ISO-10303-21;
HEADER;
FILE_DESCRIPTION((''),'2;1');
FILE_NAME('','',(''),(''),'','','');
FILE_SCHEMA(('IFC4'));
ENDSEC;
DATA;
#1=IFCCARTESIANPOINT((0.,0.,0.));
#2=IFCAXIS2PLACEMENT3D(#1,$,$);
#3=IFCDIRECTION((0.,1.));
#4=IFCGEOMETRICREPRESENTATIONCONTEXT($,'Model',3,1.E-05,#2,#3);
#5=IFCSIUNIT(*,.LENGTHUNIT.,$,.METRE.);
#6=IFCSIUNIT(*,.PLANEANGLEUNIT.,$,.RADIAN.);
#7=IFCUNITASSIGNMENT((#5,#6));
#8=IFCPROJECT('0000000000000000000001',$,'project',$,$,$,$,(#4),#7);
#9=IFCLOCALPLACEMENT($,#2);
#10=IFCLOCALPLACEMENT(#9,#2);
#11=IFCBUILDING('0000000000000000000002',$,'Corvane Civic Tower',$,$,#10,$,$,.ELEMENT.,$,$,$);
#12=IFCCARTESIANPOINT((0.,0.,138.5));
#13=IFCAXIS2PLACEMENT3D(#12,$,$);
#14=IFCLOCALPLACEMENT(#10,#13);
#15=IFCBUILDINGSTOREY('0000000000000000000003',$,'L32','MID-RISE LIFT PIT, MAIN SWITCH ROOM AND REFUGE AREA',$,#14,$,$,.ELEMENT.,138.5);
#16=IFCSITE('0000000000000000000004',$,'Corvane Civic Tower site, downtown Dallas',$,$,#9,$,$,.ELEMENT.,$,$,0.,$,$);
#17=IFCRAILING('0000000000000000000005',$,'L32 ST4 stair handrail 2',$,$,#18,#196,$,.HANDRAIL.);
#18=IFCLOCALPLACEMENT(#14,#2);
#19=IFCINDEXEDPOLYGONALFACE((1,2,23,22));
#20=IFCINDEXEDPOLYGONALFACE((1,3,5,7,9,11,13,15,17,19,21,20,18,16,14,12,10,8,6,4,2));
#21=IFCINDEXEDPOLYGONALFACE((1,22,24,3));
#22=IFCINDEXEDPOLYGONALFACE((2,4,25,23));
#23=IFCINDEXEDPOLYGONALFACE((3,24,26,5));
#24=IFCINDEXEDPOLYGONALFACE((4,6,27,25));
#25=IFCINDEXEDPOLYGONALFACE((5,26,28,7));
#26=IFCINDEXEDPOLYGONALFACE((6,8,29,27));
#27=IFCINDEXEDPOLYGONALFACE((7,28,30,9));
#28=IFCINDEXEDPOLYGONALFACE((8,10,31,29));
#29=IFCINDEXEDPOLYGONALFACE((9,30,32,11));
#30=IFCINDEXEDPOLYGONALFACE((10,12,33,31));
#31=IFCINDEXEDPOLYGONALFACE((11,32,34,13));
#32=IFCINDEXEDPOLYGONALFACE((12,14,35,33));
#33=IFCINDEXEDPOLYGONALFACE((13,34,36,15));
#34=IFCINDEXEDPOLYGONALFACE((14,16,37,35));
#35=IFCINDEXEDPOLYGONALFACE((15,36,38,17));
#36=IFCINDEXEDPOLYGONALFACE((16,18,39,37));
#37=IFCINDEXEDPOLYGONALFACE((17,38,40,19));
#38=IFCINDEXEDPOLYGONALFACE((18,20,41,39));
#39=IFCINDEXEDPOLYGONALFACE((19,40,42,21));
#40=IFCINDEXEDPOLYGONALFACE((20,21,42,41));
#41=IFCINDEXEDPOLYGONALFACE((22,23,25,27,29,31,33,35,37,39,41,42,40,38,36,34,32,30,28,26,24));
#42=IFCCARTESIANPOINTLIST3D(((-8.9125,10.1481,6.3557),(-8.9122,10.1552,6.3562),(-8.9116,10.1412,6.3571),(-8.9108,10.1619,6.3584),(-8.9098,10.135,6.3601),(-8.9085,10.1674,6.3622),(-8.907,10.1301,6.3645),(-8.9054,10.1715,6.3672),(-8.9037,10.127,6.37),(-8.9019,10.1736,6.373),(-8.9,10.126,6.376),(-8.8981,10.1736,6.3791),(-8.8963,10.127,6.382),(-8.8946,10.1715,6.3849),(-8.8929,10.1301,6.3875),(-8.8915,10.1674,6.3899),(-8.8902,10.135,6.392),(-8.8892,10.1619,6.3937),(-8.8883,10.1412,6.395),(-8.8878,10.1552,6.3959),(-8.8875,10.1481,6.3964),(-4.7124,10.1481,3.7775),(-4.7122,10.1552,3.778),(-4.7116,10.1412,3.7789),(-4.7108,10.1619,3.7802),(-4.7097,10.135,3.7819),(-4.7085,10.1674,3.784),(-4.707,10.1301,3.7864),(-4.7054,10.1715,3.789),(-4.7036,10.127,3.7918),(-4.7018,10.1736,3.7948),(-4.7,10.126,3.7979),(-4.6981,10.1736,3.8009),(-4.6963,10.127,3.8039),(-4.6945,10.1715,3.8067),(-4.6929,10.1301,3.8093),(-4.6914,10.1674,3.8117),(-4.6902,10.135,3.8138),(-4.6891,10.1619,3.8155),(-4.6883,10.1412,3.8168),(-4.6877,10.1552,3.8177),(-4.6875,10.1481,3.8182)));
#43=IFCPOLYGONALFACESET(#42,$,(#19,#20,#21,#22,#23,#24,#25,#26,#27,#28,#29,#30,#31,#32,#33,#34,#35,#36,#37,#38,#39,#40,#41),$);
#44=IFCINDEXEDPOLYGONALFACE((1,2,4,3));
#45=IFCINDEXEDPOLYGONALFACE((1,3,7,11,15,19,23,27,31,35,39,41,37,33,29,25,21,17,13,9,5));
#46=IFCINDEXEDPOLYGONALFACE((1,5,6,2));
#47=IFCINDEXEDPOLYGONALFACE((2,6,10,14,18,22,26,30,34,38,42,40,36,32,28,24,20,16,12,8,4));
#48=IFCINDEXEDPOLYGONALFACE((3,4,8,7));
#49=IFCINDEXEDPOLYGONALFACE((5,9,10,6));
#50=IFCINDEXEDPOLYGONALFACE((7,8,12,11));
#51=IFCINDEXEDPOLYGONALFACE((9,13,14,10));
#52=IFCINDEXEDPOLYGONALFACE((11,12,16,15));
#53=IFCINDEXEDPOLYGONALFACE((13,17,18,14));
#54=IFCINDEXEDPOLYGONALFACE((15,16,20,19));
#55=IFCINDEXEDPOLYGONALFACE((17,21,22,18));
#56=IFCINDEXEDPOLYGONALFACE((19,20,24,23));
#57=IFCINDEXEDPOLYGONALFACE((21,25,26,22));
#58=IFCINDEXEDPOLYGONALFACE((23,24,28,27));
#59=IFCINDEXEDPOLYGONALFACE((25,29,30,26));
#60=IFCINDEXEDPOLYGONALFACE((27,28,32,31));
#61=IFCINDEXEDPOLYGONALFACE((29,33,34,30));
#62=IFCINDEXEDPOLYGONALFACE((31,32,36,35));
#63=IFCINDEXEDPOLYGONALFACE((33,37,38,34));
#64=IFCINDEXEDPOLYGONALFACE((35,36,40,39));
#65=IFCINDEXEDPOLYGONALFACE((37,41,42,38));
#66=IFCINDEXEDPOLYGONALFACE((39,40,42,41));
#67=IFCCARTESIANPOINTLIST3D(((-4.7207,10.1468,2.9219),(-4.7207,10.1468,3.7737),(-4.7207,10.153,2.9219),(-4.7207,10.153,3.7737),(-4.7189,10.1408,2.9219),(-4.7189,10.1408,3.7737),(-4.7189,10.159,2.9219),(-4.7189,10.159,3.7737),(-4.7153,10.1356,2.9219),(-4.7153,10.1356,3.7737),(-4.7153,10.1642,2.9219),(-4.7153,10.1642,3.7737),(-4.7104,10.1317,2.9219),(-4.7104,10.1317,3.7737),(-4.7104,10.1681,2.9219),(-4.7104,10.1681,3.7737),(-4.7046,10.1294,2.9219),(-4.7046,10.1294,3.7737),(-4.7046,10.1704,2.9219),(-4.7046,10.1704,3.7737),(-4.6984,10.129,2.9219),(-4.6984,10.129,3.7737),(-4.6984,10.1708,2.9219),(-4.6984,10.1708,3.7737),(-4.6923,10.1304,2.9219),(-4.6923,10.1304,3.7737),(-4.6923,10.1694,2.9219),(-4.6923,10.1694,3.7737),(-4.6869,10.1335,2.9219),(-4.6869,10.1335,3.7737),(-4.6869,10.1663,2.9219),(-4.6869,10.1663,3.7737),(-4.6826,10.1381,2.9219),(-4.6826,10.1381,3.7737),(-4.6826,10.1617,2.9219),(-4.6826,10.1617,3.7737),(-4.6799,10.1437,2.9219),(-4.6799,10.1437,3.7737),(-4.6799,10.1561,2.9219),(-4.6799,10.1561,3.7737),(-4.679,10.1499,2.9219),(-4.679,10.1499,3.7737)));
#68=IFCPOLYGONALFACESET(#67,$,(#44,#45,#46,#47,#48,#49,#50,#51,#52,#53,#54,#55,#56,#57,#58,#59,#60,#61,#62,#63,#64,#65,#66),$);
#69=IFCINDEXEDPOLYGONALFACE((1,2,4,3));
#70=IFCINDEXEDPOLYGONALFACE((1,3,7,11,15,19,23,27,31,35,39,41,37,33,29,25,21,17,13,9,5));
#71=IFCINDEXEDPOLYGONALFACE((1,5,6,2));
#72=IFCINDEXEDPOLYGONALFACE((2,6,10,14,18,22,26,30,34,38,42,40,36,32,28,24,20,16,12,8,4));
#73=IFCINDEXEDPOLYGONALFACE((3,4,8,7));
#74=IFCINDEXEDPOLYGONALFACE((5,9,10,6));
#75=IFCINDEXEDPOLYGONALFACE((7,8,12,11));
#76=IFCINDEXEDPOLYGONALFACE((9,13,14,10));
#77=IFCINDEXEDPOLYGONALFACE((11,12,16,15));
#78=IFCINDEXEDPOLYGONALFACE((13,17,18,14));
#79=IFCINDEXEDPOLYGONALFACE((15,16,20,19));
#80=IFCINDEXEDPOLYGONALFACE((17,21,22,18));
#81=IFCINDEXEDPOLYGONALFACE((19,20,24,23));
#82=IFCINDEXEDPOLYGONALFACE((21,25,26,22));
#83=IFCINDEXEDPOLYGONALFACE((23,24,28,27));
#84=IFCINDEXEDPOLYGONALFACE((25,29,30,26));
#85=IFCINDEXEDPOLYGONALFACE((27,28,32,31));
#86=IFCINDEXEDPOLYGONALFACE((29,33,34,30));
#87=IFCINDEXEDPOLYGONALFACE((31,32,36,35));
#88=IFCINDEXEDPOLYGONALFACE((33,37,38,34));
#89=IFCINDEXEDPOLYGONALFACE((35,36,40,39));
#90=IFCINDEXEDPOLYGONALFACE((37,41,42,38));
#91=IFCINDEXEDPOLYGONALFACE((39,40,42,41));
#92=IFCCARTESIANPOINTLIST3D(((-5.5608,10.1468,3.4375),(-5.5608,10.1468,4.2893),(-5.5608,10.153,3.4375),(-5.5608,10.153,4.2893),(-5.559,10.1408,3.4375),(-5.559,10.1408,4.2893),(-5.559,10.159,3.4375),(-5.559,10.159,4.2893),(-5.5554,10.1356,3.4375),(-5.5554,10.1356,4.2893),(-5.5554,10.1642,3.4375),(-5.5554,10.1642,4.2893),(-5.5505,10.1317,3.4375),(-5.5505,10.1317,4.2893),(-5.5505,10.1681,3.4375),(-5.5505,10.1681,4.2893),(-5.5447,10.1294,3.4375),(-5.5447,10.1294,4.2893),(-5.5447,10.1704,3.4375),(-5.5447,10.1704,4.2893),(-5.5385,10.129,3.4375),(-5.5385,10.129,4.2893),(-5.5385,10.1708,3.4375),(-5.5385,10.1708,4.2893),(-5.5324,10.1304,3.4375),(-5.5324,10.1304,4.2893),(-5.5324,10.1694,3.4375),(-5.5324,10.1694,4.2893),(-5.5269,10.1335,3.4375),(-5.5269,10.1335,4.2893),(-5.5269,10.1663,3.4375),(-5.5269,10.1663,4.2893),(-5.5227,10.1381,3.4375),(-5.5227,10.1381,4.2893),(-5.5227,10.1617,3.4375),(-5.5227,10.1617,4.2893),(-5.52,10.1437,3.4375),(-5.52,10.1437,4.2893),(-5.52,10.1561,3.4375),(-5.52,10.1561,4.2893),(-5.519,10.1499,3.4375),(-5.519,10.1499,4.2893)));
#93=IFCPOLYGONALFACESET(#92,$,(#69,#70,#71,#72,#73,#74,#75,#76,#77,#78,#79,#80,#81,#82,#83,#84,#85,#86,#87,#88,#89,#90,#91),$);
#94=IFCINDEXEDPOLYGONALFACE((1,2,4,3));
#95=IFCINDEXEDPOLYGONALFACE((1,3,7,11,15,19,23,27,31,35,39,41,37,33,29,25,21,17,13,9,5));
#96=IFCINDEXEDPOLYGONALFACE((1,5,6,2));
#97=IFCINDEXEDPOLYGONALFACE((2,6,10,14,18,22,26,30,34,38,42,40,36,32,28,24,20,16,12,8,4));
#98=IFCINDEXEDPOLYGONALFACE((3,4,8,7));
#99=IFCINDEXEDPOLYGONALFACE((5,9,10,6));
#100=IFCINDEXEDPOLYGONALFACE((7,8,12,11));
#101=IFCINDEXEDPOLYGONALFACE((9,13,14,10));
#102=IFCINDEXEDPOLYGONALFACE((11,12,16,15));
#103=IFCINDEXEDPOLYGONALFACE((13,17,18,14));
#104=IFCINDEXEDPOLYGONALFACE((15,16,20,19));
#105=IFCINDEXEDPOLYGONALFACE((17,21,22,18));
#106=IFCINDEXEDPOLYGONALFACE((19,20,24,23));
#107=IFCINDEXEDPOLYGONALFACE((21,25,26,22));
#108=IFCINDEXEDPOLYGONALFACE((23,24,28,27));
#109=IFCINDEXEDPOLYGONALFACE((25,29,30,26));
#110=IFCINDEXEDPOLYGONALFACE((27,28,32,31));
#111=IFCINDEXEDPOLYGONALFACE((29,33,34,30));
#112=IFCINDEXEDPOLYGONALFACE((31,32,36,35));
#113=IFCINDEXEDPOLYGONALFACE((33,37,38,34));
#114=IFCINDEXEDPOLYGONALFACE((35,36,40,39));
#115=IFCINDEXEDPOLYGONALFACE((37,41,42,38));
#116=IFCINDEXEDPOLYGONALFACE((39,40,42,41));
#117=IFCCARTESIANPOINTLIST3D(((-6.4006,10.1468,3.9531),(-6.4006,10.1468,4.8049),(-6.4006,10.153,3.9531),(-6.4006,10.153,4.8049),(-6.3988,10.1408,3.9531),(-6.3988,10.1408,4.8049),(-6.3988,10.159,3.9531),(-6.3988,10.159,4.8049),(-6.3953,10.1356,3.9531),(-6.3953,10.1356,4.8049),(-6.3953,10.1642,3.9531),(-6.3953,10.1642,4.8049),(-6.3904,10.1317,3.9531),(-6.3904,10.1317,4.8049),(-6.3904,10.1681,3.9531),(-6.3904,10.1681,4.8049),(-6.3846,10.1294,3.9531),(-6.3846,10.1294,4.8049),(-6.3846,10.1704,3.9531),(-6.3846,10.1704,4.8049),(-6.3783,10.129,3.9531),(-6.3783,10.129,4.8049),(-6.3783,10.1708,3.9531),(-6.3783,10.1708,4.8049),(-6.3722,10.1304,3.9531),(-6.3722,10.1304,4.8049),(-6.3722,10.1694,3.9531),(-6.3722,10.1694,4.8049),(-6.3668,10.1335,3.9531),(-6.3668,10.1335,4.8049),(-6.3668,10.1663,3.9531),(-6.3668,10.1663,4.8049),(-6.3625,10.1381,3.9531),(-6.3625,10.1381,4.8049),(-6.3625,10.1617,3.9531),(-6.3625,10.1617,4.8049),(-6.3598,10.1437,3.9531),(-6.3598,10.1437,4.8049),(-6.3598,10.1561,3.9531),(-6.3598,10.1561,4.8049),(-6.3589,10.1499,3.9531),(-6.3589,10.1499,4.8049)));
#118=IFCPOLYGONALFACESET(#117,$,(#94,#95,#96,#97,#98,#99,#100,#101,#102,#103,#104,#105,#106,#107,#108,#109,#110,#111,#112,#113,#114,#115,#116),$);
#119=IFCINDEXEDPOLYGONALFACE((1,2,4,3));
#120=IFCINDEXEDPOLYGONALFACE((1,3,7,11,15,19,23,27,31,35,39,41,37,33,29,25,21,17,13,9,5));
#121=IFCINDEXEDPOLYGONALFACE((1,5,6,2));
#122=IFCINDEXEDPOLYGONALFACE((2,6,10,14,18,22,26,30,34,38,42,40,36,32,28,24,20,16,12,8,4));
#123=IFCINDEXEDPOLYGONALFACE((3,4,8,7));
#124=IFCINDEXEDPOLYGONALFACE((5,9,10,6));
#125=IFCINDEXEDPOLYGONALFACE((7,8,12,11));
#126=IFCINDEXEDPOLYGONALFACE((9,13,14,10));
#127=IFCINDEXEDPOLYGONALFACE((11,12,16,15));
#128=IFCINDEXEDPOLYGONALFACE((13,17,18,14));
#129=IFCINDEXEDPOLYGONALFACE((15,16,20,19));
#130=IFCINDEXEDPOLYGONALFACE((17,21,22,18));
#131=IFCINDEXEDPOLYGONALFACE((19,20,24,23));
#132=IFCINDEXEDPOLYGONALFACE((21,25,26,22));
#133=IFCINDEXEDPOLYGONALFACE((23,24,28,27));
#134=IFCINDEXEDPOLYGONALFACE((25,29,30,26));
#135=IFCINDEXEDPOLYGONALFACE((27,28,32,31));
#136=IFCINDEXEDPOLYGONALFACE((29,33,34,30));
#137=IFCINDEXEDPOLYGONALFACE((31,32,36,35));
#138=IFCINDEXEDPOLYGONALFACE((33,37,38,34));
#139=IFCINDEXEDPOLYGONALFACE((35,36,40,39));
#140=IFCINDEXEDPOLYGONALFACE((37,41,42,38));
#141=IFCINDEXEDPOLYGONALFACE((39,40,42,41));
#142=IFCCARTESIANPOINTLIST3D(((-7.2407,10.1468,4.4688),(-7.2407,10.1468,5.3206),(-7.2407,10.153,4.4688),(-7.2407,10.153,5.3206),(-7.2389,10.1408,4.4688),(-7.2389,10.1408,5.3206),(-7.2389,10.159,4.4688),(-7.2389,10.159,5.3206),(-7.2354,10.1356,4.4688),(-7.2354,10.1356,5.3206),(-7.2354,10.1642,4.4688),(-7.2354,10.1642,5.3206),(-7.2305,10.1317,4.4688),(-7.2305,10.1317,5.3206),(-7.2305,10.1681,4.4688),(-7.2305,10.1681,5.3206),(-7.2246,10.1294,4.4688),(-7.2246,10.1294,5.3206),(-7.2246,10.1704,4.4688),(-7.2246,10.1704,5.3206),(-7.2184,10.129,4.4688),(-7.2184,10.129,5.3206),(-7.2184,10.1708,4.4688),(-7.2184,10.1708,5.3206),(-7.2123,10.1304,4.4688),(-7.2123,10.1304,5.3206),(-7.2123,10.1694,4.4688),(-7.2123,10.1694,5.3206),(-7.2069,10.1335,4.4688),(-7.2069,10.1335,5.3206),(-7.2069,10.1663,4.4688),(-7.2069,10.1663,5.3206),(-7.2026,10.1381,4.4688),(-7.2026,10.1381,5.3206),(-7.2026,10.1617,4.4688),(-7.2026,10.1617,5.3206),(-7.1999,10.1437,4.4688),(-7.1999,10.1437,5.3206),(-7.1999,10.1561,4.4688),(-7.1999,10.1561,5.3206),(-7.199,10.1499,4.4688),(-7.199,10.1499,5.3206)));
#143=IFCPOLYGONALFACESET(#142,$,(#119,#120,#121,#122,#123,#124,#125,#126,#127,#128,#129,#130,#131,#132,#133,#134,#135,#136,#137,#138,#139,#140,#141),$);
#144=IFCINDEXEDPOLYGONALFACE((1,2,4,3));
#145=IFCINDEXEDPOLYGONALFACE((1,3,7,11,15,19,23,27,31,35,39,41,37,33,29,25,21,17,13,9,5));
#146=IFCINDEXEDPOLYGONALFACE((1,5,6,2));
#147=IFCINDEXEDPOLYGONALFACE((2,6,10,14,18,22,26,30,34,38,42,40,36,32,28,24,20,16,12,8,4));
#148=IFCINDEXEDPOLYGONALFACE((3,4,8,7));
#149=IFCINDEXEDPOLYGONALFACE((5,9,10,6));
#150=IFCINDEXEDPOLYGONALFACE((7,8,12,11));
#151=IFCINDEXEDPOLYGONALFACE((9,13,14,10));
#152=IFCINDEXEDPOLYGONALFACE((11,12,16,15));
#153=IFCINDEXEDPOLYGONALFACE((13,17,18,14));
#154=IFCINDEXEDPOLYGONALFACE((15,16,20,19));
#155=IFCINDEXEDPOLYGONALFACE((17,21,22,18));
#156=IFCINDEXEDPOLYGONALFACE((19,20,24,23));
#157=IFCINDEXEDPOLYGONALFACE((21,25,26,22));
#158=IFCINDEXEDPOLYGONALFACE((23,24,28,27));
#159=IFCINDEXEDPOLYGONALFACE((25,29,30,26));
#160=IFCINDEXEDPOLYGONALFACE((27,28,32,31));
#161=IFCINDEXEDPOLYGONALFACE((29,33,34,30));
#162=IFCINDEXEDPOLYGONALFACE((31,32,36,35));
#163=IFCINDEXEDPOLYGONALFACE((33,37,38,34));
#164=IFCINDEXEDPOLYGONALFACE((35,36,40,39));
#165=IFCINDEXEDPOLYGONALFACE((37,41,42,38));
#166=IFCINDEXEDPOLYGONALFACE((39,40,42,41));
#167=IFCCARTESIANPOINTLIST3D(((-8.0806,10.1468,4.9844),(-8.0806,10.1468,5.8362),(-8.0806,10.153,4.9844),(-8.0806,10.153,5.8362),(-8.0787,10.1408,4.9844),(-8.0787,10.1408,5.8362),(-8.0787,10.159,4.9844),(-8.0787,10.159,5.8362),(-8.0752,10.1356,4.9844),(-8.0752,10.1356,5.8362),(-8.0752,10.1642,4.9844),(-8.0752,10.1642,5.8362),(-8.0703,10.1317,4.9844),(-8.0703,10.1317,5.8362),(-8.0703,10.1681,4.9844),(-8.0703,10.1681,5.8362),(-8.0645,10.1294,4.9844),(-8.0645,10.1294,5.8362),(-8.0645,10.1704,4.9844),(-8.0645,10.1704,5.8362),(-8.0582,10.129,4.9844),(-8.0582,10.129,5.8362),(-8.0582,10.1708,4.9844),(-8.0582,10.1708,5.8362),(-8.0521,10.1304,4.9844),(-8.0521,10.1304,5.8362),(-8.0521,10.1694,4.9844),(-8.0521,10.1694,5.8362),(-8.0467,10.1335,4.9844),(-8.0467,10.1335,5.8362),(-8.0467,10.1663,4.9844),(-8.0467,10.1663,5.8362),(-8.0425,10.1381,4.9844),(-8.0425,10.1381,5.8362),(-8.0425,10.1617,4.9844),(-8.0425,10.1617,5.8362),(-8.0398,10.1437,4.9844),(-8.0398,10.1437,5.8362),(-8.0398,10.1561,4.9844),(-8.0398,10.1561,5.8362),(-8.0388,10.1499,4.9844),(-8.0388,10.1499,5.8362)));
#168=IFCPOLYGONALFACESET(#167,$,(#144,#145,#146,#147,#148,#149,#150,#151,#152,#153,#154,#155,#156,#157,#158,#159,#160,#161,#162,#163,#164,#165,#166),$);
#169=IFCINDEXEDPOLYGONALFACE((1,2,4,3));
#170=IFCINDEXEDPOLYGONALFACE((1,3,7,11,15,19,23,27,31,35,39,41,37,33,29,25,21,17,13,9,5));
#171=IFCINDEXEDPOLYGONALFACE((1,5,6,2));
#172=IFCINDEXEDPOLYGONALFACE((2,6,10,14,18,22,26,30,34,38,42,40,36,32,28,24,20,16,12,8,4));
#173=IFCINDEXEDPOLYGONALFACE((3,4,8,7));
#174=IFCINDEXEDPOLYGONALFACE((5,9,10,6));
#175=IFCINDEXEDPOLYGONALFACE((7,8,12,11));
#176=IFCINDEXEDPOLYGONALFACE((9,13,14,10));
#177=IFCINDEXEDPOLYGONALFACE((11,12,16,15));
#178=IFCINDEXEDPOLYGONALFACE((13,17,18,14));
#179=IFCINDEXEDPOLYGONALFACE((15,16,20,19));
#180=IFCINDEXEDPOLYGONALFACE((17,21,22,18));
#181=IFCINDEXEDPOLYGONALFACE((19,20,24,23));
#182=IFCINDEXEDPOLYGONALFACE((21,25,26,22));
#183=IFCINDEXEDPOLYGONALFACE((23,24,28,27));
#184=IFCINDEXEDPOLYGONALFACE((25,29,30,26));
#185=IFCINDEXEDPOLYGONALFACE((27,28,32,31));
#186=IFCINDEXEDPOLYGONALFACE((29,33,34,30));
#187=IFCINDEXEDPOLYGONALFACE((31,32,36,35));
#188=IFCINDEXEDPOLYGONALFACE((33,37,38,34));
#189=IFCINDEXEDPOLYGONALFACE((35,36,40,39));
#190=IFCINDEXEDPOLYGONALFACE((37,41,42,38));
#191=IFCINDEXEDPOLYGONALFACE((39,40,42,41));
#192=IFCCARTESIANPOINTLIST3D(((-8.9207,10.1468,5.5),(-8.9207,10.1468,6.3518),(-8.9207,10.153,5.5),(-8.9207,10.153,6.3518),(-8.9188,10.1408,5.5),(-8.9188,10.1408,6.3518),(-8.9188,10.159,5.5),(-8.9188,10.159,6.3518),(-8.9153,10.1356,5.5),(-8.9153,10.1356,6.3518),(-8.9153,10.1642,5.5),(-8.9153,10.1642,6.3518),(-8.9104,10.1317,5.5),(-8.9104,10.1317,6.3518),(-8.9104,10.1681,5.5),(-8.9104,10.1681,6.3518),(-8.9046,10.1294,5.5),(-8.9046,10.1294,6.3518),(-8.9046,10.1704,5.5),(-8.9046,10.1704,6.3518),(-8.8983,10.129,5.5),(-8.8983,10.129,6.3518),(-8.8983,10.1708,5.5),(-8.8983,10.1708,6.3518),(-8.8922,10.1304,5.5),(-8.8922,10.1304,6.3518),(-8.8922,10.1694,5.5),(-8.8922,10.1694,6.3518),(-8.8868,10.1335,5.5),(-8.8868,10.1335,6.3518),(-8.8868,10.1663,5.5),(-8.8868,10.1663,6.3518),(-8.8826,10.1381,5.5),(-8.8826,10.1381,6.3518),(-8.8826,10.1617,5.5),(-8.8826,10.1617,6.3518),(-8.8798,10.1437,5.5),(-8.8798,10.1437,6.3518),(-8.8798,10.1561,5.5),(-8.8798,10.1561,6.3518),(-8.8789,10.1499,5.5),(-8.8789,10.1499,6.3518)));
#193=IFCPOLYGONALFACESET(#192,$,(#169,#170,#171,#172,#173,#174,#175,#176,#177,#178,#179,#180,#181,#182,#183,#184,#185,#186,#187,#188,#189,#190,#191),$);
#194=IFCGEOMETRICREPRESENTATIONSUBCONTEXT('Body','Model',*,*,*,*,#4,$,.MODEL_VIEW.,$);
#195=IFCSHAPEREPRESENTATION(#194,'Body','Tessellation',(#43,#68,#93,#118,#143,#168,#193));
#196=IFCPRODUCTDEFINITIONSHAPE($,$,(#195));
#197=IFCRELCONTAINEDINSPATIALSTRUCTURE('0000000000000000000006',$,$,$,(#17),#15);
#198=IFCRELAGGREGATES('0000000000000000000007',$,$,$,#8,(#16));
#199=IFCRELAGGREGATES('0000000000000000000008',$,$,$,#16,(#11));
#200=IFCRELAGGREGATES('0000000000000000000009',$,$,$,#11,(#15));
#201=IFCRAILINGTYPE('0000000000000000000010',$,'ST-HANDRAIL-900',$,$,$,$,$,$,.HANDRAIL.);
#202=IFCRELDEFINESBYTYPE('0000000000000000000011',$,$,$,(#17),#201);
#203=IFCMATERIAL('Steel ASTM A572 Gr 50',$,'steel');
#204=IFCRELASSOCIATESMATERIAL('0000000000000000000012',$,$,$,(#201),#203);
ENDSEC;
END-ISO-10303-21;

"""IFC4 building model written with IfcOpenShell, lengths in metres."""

from ifc_helpers import new_model, si_unit, direction, frame, origin, origin_2d, place, context, subcontext, project, spatial, circle, extrude, material, type_object, element, save


model = new_model("IFC4")

# Units and contexts
model_context = context("Model", 3, precision=1e-05, world=origin(), true_north=direction((0.0, 1.0)))
body_context = subcontext(model_context, "Body", "Model", "MODEL_VIEW")
ifc_project = project(units=[si_unit("LENGTHUNIT", "METRE"), si_unit("PLANEANGLEUNIT", "RADIAN")], contexts=[model_context])

# Site, building, storey
site_placement = place(None, origin())
site = spatial("IfcSite", under=ifc_project, at=site_placement, Name="Corvane Civic Tower site, downtown Dallas", CompositionType="ELEMENT", RefElevation=0.0)
building_placement = place(site_placement, origin())
building = spatial("IfcBuilding", under=site, at=building_placement, Name="Corvane Civic Tower", CompositionType="ELEMENT")
storey_placement = place(building_placement, frame((0.0, 0.0, 138.5)))
storey = spatial("IfcBuildingStorey", under=building, at=storey_placement, Name="L32", Description="MID-RISE LIFT PIT, MAIN SWITCH ROOM AND REFUGE AREA", CompositionType="ELEMENT", Elevation=138.5)

# Railing
ifc_material_1 = material(Name="Steel ASTM A572 Gr 50", Category="steel")
railing_type_1 = type_object("IfcRailingType", Name="ST-HANDRAIL-900", PredefinedType="HANDRAIL", material=ifc_material_1)
railing_1_placement = place(storey_placement, frame((-4.7, 10.1499, 2.9219)))
element("IfcRailing", 1, at=railing_1_placement, inside=storey, type_object=railing_type_1, Name="L32 ST4 stair handrail 2", PredefinedType="HANDRAIL", context=body_context, shape_type="SweptSolid", body=[
    extrude(circle(Radius=0.0239, at=origin_2d()), frame((0.0, 0.0, 0.876), z_axis=(-0.852243, 0.0, 0.523146), x_axis=(0.0, -1.0, 0.0)), (0.0, 0.0, 1.0), 4.9282),
    extrude(circle(Radius=0.021, at=origin_2d()), origin(), (0.0, 0.0, 1.0), 0.8518),
    extrude(circle(Radius=0.021, at=origin_2d()), frame((-0.8401, 0.0, 0.5156)), (0.0, 0.0, 1.0), 0.8518),
    extrude(circle(Radius=0.021, at=origin_2d()), frame((-1.6799, 0.0, 1.0312)), (0.0, 0.0, 1.0), 0.8518),
    extrude(circle(Radius=0.021, at=origin_2d()), frame((-2.52, 0.0, 1.5469)), (0.0, 0.0, 1.0), 0.8518),
    extrude(circle(Radius=0.021, at=origin_2d()), frame((-3.3599, 0.0, 2.0625)), (0.0, 0.0, 1.0), 0.8518),
    extrude(circle(Radius=0.021, at=origin_2d()), frame((-4.2, 0.0, 2.5781)), (0.0, 0.0, 1.0), 0.8518),
])

save(model, "model.ifc")
